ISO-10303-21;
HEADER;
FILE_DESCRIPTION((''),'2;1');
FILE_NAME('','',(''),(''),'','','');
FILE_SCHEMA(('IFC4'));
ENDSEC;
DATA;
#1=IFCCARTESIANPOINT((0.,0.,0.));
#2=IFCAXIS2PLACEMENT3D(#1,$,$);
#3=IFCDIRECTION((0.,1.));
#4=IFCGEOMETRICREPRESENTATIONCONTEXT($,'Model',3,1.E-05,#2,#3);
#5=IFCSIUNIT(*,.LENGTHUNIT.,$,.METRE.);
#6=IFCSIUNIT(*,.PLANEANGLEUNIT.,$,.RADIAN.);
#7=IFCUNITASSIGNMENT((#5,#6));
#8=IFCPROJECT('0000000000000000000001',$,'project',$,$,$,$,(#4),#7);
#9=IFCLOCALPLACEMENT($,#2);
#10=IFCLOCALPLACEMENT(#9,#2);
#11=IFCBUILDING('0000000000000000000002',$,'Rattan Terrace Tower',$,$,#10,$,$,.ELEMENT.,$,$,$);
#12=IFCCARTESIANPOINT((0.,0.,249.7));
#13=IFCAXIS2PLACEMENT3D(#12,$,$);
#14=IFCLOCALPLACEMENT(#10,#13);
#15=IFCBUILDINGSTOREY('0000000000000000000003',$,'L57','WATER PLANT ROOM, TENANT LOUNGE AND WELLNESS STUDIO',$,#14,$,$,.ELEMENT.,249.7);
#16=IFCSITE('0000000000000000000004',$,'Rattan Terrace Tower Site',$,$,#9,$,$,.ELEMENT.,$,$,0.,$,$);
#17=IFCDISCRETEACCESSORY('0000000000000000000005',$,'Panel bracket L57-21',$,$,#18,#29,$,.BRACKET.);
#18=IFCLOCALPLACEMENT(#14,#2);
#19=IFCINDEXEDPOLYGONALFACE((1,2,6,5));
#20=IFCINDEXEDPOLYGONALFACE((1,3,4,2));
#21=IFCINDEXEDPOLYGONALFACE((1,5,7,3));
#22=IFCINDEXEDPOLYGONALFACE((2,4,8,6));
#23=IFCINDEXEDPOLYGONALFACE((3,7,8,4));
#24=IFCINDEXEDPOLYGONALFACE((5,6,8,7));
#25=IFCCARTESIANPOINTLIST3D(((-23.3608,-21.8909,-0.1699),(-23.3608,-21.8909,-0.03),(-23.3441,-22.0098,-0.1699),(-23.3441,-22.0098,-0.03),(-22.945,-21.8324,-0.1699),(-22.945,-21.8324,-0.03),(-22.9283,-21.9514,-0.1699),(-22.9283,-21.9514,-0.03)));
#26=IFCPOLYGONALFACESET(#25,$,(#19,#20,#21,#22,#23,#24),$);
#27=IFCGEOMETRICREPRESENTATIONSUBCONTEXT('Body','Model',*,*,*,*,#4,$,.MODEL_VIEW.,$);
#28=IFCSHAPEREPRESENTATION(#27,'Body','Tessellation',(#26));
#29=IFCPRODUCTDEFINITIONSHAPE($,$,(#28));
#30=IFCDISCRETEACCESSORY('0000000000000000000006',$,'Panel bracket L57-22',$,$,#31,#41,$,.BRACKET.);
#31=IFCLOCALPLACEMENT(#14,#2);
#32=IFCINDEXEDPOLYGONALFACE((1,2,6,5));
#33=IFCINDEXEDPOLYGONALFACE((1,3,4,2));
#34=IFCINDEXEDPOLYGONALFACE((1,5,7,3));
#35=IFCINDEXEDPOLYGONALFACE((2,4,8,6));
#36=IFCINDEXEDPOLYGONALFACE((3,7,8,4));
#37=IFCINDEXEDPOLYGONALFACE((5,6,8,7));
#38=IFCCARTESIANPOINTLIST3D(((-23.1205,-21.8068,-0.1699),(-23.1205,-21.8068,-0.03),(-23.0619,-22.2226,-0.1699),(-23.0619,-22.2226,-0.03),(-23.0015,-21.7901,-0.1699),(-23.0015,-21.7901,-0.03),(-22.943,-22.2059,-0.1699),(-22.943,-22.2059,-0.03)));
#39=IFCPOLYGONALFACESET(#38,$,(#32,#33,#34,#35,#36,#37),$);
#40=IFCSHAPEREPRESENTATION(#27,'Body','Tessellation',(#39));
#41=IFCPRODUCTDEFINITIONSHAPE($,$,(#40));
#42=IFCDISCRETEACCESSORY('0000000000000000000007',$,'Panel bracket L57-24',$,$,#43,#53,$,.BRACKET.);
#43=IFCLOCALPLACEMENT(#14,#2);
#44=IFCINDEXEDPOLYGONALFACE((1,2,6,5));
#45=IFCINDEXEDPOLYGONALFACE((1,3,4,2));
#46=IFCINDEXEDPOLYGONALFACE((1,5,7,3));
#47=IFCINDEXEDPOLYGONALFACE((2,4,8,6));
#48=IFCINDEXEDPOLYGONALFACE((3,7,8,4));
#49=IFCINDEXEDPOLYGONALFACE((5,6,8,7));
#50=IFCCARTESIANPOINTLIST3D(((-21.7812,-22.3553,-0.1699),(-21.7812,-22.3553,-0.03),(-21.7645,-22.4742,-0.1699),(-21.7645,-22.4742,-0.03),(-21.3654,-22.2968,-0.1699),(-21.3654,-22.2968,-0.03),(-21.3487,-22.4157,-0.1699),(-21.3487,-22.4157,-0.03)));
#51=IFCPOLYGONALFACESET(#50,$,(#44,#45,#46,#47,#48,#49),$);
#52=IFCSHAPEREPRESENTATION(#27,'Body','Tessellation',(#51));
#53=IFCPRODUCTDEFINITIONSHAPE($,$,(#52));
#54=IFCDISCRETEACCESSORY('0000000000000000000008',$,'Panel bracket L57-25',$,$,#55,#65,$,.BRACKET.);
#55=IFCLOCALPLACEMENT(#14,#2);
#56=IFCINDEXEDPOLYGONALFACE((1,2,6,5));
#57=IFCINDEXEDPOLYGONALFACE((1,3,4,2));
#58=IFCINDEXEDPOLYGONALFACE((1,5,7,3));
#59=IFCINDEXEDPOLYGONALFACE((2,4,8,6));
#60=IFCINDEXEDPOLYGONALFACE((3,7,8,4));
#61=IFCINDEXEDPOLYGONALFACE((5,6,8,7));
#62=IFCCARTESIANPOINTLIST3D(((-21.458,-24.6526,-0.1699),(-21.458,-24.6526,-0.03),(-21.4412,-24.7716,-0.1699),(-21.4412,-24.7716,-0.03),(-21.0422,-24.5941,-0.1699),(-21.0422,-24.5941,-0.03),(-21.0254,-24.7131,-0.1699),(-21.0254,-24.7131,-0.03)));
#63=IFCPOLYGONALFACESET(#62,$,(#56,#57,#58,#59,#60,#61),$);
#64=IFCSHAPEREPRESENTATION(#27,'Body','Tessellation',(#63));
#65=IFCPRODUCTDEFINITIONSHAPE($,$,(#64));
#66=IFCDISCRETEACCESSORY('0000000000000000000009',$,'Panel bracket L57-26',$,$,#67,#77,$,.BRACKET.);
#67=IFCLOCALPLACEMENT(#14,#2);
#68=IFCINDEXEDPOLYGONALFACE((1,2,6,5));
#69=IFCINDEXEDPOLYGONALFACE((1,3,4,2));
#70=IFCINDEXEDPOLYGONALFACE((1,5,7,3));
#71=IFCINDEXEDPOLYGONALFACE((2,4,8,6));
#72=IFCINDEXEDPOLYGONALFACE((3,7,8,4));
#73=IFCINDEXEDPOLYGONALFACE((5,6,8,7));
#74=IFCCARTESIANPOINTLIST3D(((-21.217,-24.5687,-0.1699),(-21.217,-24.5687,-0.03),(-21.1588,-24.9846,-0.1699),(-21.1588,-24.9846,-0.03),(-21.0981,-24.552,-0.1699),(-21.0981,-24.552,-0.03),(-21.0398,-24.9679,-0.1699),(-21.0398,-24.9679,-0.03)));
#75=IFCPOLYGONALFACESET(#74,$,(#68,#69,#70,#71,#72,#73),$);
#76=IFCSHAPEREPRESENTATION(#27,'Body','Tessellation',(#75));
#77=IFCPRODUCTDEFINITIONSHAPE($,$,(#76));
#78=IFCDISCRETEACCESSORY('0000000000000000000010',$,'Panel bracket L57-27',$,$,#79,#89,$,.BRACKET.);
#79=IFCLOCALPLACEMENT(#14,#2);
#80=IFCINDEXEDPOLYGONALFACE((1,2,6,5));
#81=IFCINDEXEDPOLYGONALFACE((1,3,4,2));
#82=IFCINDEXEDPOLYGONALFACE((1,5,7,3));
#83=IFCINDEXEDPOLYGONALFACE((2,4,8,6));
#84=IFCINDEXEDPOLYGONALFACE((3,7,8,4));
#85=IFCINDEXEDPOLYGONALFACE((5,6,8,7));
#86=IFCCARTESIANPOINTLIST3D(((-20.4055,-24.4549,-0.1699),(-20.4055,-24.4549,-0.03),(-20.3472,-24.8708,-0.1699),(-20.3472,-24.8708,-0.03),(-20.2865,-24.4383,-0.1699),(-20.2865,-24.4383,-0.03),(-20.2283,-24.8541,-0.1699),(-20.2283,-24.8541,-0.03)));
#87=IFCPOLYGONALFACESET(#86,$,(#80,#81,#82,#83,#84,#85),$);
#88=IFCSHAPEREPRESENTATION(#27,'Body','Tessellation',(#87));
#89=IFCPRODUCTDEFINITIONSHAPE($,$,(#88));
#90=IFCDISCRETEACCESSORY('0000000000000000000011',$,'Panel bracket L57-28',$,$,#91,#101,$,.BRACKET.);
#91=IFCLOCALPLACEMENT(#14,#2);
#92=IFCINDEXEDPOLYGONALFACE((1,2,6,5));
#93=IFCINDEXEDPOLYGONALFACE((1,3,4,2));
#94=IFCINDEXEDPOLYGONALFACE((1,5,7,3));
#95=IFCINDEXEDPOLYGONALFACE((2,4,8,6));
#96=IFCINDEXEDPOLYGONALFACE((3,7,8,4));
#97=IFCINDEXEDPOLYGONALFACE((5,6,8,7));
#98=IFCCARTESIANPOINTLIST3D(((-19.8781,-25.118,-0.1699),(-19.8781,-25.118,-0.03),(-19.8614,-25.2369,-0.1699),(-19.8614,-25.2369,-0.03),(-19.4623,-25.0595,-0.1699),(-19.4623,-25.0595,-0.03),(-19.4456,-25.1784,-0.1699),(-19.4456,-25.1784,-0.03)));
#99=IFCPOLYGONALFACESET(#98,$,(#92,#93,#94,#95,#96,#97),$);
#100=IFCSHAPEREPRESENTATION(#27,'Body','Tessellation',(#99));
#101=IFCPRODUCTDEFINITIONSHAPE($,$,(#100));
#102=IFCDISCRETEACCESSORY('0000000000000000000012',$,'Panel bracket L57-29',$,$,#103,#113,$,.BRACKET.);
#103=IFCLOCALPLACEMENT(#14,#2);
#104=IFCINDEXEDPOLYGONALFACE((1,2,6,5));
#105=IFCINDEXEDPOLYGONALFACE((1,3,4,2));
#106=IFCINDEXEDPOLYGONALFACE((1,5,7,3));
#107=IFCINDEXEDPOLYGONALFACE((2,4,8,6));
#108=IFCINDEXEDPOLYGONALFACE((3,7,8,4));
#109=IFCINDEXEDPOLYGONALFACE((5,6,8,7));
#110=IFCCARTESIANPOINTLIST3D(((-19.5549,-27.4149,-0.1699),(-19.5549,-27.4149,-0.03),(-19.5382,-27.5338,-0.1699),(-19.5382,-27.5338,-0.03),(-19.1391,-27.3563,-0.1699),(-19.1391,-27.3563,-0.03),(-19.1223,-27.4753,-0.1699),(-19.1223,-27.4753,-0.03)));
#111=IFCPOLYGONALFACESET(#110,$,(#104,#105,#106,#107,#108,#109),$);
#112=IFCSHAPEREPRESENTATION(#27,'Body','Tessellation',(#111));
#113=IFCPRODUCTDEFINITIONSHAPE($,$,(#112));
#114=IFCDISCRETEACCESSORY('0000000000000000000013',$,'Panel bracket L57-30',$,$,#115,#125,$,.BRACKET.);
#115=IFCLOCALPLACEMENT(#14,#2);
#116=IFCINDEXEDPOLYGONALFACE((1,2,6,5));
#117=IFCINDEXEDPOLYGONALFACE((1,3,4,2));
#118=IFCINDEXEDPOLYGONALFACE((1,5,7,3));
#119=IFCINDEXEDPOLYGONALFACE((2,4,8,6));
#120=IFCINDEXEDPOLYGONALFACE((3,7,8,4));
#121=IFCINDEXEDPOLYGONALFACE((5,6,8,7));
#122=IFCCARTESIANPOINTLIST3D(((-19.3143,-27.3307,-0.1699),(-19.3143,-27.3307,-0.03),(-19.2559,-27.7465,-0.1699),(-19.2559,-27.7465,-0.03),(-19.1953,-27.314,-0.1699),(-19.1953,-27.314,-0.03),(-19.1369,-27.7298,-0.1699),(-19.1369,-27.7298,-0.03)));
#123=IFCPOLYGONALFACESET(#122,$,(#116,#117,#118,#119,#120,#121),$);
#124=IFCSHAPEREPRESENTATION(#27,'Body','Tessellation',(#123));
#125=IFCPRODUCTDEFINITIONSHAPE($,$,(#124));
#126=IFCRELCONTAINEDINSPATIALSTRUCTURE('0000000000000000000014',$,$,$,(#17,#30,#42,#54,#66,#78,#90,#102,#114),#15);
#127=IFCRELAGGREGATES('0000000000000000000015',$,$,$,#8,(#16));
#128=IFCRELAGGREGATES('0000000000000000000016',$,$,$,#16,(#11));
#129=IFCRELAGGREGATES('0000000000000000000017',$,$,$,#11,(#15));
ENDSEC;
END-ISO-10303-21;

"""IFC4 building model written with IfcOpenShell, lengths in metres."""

from ifc_helpers import new_model, si_unit, direction, frame, origin, origin_2d, place, context, subcontext, project, spatial, rectangle, extrude, element, save


model = new_model("IFC4")

# Units and contexts
model_context = context("Model", 3, precision=1e-05, world=origin(), true_north=direction((0.0, 1.0)))
body_context = subcontext(model_context, "Body", "Model", "MODEL_VIEW")
ifc_project = project(units=[si_unit("LENGTHUNIT", "METRE"), si_unit("PLANEANGLEUNIT", "RADIAN")], contexts=[model_context])

# Site, building, storey
site_placement = place(None, origin())
site = spatial("IfcSite", under=ifc_project, at=site_placement, Name="Rattan Terrace Tower Site", CompositionType="ELEMENT", RefElevation=0.0)
building_placement = place(site_placement, origin())
building = spatial("IfcBuilding", under=site, at=building_placement, Name="Rattan Terrace Tower", CompositionType="ELEMENT")
storey_placement = place(building_placement, frame((0.0, 0.0, 249.7)))
storey = spatial("IfcBuildingStorey", under=building, at=storey_placement, Name="L57", Description="WATER PLANT ROOM, TENANT LOUNGE AND WELLNESS STUDIO", CompositionType="ELEMENT", Elevation=249.7)

# Discrete accessories
for number, where, z_axis, x_axis, name in (
    (1, (-23.1445, -21.9211, -0.1699), (0.0, 0.0, 1.0), (0.139192, -0.990265, 0.0), "Panel bracket L57-21"),
    (2, (-23.0317, -22.0063, -0.1699), (0.0, 0.0, 1.0), (0.990241, 0.139367, 0.0), "Panel bracket L57-22"),
    (3, (-21.5649, -22.3855, -0.1699), (0.0, 0.0, 1.0), (0.139321, -0.990247, 0.0), "Panel bracket L57-24"),
    (4, (-21.2417, -24.6829, -0.1699), (0.0, 0.0, 1.0), (0.139321, -0.990247, 0.0), "Panel bracket L57-25"),
    (5, (-21.1284, -24.7683, -0.1699), (0.0, 0.0, 1.0), (0.990333, 0.138713, 0.0), "Panel bracket L57-26"),
    (6, (-20.3169, -24.6545, -0.1699), (0.0, 0.0, 1.0), (0.990333, 0.138713, 0.0), "Panel bracket L57-27"),
    (7, (-19.6619, -25.1482, -0.1699), (0.0, 0.0, 1.0), (0.139367, -0.990241, 0.0), "Panel bracket L57-28"),
    (8, (-19.3386, -27.4451, -0.1699), (0.0, 0.0, 1.0), (0.139367, -0.990241, 0.0), "Panel bracket L57-29"),
    (9, (-19.2256, -27.5303, -0.1699), (0.0, 0.0, 1.0), (0.990287, 0.13904, 0.0), "Panel bracket L57-30"),
):
    element("IfcDiscreteAccessory", number, at=place(storey_placement, frame(where, z_axis=z_axis, x_axis=x_axis)), inside=storey, Name=name, PredefinedType="BRACKET", context=body_context, shape_type="SweptSolid", body=[
        extrude(rectangle(XDim=0.1201, YDim=0.4199, at=origin_2d()), origin(), (0.0, 0.0, 1.0), 0.1399),
    ])

save(model, "model.ifc")
